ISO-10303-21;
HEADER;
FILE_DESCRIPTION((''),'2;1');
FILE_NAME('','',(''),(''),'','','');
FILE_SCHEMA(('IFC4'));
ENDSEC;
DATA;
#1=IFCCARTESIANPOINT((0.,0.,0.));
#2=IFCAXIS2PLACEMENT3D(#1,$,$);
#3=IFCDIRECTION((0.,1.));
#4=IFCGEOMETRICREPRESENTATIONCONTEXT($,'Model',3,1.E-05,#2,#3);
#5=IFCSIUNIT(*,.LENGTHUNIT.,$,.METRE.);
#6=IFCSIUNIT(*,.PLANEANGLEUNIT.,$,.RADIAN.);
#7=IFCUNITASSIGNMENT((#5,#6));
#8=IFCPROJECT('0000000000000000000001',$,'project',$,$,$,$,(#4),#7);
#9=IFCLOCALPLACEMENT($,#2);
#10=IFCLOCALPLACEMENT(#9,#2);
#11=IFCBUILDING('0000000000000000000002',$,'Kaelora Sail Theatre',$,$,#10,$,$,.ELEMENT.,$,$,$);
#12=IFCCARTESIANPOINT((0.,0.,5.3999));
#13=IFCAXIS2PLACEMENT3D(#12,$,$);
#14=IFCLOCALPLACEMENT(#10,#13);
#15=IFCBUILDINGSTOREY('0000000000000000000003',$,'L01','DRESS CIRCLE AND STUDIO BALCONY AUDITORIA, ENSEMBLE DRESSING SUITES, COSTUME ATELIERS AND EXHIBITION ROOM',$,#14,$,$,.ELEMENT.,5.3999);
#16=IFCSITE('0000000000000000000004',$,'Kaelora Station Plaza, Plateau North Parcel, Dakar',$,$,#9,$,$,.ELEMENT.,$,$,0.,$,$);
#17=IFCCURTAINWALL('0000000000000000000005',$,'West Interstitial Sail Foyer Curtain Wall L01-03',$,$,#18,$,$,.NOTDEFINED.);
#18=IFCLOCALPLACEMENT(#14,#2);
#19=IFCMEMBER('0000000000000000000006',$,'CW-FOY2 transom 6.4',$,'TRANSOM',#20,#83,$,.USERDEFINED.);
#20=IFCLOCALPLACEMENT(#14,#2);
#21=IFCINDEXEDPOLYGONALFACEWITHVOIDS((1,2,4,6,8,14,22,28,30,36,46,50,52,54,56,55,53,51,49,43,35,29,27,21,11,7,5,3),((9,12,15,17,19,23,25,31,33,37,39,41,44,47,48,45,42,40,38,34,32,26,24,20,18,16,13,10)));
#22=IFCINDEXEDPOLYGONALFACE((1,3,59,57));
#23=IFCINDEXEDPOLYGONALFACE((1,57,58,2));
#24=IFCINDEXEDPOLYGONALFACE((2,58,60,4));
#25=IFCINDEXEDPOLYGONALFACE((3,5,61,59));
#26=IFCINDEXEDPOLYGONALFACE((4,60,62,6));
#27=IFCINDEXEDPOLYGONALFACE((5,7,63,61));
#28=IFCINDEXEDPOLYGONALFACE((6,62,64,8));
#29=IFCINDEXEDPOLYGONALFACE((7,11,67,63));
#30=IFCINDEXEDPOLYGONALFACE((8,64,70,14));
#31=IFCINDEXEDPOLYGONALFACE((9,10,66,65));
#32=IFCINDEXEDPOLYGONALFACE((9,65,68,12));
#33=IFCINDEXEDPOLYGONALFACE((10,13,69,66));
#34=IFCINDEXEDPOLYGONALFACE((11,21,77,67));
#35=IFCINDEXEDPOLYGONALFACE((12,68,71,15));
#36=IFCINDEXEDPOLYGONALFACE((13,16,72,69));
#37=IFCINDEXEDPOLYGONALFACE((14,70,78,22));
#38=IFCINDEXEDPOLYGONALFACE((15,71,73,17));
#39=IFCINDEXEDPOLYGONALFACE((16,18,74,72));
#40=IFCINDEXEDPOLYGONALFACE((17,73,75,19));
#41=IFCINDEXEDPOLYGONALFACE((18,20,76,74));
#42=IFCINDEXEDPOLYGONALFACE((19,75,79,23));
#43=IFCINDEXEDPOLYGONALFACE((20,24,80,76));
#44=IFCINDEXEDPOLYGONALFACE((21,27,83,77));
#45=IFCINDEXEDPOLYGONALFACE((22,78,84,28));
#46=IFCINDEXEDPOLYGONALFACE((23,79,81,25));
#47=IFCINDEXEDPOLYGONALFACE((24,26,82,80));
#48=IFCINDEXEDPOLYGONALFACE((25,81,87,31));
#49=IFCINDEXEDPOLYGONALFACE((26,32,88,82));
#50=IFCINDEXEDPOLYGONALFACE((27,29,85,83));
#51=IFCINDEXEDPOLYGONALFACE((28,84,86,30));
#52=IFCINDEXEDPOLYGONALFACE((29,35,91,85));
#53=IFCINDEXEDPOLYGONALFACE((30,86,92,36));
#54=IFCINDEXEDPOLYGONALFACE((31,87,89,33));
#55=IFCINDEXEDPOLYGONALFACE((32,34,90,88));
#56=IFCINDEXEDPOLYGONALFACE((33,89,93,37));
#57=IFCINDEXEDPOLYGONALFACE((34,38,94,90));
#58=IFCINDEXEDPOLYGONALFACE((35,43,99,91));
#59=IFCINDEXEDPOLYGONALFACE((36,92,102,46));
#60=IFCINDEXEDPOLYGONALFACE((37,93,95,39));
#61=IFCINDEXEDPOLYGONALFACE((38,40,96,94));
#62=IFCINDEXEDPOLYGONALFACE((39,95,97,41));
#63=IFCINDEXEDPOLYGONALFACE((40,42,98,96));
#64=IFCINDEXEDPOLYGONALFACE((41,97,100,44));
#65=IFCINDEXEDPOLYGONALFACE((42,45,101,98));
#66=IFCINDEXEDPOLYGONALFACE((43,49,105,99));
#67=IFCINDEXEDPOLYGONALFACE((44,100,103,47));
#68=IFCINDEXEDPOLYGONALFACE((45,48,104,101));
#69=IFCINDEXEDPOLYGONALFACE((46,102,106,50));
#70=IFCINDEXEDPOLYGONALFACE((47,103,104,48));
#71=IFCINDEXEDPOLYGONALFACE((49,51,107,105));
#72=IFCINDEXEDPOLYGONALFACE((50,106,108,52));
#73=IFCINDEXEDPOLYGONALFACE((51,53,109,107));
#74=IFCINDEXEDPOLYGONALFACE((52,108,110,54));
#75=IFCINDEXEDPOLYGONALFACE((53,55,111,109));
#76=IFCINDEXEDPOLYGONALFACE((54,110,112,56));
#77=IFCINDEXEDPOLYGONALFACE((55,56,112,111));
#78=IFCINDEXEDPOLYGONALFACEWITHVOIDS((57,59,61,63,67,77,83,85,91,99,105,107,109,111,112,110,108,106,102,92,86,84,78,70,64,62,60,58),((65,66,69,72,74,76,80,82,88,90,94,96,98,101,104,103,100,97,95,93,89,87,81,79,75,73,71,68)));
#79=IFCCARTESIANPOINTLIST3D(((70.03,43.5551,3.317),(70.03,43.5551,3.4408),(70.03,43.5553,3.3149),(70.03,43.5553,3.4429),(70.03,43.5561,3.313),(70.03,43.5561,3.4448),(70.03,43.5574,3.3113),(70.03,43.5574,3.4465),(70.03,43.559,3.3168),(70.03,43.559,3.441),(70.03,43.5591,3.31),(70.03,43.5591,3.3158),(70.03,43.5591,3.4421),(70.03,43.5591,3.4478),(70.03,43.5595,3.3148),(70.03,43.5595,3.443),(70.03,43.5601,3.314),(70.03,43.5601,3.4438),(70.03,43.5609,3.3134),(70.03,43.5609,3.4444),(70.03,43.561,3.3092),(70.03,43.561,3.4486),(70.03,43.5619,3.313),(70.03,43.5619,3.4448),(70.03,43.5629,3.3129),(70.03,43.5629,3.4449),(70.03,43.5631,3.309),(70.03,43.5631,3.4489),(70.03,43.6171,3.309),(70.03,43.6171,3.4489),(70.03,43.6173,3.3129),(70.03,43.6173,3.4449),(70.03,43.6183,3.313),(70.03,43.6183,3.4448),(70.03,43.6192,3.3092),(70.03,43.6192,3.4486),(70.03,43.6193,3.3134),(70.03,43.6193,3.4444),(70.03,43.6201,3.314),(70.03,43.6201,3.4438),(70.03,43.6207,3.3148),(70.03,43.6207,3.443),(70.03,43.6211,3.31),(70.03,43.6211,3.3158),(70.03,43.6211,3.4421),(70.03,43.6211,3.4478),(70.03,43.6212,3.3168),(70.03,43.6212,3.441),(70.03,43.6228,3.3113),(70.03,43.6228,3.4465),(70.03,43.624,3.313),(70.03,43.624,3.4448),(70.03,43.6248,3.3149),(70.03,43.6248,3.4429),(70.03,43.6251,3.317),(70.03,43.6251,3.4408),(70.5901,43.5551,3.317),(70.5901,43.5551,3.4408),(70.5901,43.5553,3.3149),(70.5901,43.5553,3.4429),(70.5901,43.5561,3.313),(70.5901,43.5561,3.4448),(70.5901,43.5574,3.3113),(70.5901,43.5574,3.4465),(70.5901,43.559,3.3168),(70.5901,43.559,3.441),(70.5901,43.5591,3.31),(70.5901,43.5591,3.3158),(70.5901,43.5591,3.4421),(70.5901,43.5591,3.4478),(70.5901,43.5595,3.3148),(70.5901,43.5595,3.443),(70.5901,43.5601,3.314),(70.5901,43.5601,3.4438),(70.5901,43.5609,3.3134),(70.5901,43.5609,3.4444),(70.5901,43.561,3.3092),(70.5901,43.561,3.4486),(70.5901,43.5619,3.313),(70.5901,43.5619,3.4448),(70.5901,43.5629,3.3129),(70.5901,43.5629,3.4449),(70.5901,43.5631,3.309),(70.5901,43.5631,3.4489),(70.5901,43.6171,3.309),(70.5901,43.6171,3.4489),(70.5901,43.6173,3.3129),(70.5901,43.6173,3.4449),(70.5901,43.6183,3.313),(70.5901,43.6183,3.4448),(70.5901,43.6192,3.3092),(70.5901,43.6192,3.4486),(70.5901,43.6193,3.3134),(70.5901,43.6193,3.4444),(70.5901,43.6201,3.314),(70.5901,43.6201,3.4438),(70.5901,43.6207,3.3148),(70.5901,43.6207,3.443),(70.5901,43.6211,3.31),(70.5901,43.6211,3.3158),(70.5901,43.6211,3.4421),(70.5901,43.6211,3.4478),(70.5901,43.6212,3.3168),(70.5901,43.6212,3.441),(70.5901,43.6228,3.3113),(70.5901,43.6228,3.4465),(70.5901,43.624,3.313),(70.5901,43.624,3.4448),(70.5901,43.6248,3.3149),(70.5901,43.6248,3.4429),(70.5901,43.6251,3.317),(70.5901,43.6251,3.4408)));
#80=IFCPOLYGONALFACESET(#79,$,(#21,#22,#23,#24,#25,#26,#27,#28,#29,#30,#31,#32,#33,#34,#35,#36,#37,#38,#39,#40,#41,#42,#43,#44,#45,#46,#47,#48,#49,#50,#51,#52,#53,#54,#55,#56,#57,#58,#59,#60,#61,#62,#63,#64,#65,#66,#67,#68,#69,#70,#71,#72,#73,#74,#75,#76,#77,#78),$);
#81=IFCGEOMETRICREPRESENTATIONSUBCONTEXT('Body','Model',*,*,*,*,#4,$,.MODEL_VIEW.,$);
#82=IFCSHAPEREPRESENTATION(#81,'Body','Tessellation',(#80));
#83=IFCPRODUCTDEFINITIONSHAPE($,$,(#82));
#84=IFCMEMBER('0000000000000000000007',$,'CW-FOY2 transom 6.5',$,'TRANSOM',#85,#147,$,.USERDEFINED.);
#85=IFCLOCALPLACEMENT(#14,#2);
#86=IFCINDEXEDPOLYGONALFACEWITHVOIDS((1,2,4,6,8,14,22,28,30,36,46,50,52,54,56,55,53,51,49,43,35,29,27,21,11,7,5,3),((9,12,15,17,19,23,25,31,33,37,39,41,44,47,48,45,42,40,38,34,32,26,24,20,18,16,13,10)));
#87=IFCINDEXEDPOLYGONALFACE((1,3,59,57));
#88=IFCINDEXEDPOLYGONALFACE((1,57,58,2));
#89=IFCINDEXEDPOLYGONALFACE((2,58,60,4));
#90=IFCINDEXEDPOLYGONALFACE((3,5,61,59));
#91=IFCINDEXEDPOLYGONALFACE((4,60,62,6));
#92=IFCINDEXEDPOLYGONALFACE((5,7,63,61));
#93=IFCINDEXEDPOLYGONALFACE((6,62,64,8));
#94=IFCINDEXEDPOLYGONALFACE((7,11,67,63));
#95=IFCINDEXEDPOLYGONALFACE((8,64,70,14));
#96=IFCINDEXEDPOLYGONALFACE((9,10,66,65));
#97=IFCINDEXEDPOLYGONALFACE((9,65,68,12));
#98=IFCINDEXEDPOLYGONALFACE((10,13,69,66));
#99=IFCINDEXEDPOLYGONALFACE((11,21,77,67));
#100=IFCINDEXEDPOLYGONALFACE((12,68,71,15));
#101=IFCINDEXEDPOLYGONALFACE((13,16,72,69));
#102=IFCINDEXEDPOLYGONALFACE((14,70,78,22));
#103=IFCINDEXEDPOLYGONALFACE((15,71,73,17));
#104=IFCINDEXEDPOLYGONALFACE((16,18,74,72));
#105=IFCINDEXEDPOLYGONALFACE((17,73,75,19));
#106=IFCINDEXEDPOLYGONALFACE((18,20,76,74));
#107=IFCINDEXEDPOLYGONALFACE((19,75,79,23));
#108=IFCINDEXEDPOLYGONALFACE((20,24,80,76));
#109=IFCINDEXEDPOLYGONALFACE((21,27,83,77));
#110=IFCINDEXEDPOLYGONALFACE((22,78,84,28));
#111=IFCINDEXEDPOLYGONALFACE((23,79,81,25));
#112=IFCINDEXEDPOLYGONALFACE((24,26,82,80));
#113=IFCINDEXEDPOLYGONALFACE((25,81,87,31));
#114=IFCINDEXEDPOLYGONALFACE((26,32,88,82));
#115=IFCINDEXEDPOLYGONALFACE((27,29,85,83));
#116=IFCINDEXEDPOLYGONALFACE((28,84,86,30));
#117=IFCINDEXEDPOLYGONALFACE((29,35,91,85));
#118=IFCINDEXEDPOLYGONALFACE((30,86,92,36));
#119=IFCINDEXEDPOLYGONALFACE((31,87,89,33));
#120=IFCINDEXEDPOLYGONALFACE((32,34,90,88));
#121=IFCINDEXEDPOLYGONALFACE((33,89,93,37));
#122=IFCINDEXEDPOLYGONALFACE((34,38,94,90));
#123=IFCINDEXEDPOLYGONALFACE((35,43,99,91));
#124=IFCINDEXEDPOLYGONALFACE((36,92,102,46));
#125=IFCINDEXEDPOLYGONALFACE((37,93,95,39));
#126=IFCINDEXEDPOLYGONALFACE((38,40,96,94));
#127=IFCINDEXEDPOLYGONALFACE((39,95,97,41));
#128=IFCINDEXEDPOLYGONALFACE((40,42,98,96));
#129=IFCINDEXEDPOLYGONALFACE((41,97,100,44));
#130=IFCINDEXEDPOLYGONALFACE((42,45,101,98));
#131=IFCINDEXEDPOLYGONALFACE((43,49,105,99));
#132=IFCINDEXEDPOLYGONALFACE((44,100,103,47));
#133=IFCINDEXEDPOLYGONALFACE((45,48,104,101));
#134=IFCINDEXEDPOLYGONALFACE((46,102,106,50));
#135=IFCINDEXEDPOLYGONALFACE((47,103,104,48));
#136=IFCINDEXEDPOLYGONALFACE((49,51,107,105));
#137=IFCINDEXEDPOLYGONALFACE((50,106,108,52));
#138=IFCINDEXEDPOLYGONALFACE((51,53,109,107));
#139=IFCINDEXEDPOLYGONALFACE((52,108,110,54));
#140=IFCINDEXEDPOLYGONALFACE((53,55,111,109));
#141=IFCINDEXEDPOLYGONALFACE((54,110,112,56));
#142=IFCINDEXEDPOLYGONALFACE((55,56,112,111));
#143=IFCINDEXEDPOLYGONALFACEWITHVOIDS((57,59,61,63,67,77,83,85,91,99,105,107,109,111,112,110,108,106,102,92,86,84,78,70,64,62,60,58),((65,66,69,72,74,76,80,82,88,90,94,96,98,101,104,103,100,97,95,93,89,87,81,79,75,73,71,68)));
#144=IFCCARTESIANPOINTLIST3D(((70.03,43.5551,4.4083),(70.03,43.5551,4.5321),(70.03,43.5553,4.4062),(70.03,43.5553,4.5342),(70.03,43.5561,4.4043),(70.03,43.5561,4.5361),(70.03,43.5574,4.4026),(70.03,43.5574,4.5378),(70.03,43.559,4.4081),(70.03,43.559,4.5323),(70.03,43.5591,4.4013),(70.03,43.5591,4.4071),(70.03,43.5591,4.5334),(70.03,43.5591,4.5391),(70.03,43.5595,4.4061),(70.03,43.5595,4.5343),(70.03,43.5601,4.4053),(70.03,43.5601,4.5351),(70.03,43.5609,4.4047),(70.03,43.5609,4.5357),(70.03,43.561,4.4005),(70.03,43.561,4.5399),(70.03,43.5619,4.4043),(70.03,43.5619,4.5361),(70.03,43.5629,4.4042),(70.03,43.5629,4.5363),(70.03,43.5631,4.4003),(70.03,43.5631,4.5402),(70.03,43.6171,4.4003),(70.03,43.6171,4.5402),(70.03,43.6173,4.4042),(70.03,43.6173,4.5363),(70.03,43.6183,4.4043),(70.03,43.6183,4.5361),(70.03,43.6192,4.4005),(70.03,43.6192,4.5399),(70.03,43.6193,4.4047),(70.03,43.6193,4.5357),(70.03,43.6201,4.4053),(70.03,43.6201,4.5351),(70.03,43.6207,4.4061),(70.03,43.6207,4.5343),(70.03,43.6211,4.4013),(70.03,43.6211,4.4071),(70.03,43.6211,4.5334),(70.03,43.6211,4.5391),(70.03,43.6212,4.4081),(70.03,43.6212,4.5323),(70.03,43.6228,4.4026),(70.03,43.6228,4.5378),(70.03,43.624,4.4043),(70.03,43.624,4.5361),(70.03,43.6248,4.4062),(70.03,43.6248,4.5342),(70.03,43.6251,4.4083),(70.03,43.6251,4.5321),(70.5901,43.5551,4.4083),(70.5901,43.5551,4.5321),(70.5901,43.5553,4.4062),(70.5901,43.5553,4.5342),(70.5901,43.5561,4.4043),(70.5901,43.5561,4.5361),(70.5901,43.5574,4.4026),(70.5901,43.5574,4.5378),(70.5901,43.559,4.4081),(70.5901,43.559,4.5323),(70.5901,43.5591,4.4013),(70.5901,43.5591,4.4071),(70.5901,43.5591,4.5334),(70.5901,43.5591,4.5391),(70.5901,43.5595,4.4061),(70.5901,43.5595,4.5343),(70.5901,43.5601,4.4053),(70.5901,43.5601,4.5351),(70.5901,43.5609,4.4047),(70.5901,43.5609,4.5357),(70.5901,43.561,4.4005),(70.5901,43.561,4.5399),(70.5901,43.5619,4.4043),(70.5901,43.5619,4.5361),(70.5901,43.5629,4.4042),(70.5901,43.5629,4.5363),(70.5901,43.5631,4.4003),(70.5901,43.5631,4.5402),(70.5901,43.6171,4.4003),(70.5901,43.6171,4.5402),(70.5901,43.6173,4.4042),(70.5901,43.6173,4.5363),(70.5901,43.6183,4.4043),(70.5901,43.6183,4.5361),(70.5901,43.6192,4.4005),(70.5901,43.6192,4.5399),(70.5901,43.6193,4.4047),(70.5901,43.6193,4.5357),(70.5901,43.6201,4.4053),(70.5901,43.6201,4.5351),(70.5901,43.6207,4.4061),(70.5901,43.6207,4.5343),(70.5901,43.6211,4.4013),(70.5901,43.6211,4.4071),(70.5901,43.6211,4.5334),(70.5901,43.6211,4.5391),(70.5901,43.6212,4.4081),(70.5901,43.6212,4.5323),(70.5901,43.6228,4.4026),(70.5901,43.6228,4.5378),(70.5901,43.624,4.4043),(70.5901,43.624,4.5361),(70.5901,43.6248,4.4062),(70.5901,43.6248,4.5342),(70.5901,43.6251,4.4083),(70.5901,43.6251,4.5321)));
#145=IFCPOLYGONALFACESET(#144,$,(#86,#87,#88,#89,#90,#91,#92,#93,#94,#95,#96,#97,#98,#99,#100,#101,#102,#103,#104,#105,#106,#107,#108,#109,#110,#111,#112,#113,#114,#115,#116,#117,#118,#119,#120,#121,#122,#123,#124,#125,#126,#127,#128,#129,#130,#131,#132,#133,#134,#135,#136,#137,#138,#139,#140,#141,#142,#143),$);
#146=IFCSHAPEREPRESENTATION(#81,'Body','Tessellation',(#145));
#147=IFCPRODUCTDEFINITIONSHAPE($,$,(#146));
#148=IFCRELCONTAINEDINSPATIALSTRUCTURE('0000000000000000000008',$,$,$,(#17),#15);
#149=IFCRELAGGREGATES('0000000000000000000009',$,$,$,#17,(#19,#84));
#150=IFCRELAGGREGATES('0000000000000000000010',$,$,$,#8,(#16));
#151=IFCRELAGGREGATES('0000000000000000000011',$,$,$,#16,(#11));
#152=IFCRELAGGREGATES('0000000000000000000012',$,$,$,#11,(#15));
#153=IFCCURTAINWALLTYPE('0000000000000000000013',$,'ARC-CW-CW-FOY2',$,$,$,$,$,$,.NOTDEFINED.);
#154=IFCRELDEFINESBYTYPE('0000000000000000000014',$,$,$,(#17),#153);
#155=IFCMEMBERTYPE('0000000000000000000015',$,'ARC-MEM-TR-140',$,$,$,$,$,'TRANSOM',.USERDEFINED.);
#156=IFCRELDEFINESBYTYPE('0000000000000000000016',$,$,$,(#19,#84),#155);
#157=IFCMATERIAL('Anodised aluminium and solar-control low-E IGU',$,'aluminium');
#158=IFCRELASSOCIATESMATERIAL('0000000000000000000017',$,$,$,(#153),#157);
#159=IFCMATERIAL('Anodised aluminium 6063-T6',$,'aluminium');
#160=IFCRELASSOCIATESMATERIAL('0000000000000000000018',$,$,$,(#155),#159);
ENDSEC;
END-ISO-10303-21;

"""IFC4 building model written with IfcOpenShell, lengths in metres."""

from ifc_helpers import new_model, si_unit, direction, frame, origin, origin_2d, place, context, subcontext, project, spatial, hollow_rectangle, extrude, material, material_profile, profile_set, type_object, element, aggregate, save


model = new_model("IFC4")

# Units and contexts
model_context = context("Model", 3, precision=1e-05, world=origin(), true_north=direction((0.0, 1.0)))
body_context = subcontext(model_context, "Body", "Model", "MODEL_VIEW")
ifc_project = project(units=[si_unit("LENGTHUNIT", "METRE"), si_unit("PLANEANGLEUNIT", "RADIAN")], contexts=[model_context])

# Site, building, storey
site_placement = place(None, origin())
site = spatial("IfcSite", under=ifc_project, at=site_placement, Name="Kaelora Station Plaza, Plateau North Parcel, Dakar", CompositionType="ELEMENT", RefElevation=0.0)
building_placement = place(site_placement, origin())
building = spatial("IfcBuilding", under=site, at=building_placement, Name="Kaelora Sail Theatre", CompositionType="ELEMENT")
storey_placement = place(building_placement, frame((0.0, 0.0, 5.3999)))
storey = spatial("IfcBuildingStorey", under=building, at=storey_placement, Name="L01", Description="DRESS CIRCLE AND STUDIO BALCONY AUDITORIA, ENSEMBLE DRESSING SUITES, COSTUME ATELIERS AND EXHIBITION ROOM", CompositionType="ELEMENT", Elevation=5.3999)

# Curtain wall
ifc_material_1 = material(Name="Anodised aluminium and solar-control low-E IGU", Category="aluminium")
curtain_wall_type = type_object("IfcCurtainWallType", Name="ARC-CW-CW-FOY2", PredefinedType="NOTDEFINED", material=ifc_material_1)
curtain_wall_1_placement = place(storey_placement, origin())
curtain_wall_1 = element("IfcCurtainWall", 1, at=curtain_wall_1_placement, inside=storey, type_object=curtain_wall_type, Name="West Interstitial Sail Foyer Curtain Wall L01-03", PredefinedType="NOTDEFINED")

# Members
ifc_material_2 = material(Name="Anodised aluminium 6063-T6", Category="aluminium")
ifc_material_profile_1 = material_profile(ifc_material_2, hollow_rectangle(XDim=0.0701, YDim=0.1399, WallThickness=0.0039, InnerFilletRadius=0.0039, OuterFilletRadius=0.0081, at=origin_2d()), Name="ALU-TRAN 70x140x4")
ifc_profile_set_1 = profile_set([ifc_material_profile_1], Name="Anodised aluminium 6063-T6")
member_type_1 = type_object("IfcMemberType", Name="ARC-MEM-TR-140", ElementType="TRANSOM", PredefinedType="USERDEFINED", material=ifc_profile_set_1)
member_1_placement = place(storey_placement, frame((70.03, 43.5901, 3.3789), z_axis=(1.0, 0.0, 0.0), x_axis=(0.0, 1.0, 0.0)))
member_1 = element("IfcMember", 2, at=member_1_placement, type_object=member_type_1, Name="CW-FOY2 transom 6.4", ObjectType="TRANSOM", PredefinedType="USERDEFINED", context=body_context, shape_type="SweptSolid", body=[
    extrude(hollow_rectangle(XDim=0.0701, YDim=0.1399, WallThickness=0.0039, InnerFilletRadius=0.0039, OuterFilletRadius=0.0081, at=origin_2d()), origin(), (0.0, 0.0, 1.0), 0.5601),
])
member_2_placement = place(storey_placement, frame((70.03, 43.5901, 4.4702), z_axis=(1.0, 0.0, 0.0), x_axis=(0.0, 1.0, 0.0)))
member_2 = element("IfcMember", 3, at=member_2_placement, type_object=member_type_1, Name="CW-FOY2 transom 6.5", ObjectType="TRANSOM", PredefinedType="USERDEFINED", context=body_context, shape_type="SweptSolid", body=[
    extrude(hollow_rectangle(XDim=0.0701, YDim=0.1399, WallThickness=0.0039, InnerFilletRadius=0.0039, OuterFilletRadius=0.0081, at=origin_2d()), origin(), (0.0, 0.0, 1.0), 0.5601),
])

aggregate(curtain_wall_1, [member_1, member_2])

save(model, "model.ifc")
